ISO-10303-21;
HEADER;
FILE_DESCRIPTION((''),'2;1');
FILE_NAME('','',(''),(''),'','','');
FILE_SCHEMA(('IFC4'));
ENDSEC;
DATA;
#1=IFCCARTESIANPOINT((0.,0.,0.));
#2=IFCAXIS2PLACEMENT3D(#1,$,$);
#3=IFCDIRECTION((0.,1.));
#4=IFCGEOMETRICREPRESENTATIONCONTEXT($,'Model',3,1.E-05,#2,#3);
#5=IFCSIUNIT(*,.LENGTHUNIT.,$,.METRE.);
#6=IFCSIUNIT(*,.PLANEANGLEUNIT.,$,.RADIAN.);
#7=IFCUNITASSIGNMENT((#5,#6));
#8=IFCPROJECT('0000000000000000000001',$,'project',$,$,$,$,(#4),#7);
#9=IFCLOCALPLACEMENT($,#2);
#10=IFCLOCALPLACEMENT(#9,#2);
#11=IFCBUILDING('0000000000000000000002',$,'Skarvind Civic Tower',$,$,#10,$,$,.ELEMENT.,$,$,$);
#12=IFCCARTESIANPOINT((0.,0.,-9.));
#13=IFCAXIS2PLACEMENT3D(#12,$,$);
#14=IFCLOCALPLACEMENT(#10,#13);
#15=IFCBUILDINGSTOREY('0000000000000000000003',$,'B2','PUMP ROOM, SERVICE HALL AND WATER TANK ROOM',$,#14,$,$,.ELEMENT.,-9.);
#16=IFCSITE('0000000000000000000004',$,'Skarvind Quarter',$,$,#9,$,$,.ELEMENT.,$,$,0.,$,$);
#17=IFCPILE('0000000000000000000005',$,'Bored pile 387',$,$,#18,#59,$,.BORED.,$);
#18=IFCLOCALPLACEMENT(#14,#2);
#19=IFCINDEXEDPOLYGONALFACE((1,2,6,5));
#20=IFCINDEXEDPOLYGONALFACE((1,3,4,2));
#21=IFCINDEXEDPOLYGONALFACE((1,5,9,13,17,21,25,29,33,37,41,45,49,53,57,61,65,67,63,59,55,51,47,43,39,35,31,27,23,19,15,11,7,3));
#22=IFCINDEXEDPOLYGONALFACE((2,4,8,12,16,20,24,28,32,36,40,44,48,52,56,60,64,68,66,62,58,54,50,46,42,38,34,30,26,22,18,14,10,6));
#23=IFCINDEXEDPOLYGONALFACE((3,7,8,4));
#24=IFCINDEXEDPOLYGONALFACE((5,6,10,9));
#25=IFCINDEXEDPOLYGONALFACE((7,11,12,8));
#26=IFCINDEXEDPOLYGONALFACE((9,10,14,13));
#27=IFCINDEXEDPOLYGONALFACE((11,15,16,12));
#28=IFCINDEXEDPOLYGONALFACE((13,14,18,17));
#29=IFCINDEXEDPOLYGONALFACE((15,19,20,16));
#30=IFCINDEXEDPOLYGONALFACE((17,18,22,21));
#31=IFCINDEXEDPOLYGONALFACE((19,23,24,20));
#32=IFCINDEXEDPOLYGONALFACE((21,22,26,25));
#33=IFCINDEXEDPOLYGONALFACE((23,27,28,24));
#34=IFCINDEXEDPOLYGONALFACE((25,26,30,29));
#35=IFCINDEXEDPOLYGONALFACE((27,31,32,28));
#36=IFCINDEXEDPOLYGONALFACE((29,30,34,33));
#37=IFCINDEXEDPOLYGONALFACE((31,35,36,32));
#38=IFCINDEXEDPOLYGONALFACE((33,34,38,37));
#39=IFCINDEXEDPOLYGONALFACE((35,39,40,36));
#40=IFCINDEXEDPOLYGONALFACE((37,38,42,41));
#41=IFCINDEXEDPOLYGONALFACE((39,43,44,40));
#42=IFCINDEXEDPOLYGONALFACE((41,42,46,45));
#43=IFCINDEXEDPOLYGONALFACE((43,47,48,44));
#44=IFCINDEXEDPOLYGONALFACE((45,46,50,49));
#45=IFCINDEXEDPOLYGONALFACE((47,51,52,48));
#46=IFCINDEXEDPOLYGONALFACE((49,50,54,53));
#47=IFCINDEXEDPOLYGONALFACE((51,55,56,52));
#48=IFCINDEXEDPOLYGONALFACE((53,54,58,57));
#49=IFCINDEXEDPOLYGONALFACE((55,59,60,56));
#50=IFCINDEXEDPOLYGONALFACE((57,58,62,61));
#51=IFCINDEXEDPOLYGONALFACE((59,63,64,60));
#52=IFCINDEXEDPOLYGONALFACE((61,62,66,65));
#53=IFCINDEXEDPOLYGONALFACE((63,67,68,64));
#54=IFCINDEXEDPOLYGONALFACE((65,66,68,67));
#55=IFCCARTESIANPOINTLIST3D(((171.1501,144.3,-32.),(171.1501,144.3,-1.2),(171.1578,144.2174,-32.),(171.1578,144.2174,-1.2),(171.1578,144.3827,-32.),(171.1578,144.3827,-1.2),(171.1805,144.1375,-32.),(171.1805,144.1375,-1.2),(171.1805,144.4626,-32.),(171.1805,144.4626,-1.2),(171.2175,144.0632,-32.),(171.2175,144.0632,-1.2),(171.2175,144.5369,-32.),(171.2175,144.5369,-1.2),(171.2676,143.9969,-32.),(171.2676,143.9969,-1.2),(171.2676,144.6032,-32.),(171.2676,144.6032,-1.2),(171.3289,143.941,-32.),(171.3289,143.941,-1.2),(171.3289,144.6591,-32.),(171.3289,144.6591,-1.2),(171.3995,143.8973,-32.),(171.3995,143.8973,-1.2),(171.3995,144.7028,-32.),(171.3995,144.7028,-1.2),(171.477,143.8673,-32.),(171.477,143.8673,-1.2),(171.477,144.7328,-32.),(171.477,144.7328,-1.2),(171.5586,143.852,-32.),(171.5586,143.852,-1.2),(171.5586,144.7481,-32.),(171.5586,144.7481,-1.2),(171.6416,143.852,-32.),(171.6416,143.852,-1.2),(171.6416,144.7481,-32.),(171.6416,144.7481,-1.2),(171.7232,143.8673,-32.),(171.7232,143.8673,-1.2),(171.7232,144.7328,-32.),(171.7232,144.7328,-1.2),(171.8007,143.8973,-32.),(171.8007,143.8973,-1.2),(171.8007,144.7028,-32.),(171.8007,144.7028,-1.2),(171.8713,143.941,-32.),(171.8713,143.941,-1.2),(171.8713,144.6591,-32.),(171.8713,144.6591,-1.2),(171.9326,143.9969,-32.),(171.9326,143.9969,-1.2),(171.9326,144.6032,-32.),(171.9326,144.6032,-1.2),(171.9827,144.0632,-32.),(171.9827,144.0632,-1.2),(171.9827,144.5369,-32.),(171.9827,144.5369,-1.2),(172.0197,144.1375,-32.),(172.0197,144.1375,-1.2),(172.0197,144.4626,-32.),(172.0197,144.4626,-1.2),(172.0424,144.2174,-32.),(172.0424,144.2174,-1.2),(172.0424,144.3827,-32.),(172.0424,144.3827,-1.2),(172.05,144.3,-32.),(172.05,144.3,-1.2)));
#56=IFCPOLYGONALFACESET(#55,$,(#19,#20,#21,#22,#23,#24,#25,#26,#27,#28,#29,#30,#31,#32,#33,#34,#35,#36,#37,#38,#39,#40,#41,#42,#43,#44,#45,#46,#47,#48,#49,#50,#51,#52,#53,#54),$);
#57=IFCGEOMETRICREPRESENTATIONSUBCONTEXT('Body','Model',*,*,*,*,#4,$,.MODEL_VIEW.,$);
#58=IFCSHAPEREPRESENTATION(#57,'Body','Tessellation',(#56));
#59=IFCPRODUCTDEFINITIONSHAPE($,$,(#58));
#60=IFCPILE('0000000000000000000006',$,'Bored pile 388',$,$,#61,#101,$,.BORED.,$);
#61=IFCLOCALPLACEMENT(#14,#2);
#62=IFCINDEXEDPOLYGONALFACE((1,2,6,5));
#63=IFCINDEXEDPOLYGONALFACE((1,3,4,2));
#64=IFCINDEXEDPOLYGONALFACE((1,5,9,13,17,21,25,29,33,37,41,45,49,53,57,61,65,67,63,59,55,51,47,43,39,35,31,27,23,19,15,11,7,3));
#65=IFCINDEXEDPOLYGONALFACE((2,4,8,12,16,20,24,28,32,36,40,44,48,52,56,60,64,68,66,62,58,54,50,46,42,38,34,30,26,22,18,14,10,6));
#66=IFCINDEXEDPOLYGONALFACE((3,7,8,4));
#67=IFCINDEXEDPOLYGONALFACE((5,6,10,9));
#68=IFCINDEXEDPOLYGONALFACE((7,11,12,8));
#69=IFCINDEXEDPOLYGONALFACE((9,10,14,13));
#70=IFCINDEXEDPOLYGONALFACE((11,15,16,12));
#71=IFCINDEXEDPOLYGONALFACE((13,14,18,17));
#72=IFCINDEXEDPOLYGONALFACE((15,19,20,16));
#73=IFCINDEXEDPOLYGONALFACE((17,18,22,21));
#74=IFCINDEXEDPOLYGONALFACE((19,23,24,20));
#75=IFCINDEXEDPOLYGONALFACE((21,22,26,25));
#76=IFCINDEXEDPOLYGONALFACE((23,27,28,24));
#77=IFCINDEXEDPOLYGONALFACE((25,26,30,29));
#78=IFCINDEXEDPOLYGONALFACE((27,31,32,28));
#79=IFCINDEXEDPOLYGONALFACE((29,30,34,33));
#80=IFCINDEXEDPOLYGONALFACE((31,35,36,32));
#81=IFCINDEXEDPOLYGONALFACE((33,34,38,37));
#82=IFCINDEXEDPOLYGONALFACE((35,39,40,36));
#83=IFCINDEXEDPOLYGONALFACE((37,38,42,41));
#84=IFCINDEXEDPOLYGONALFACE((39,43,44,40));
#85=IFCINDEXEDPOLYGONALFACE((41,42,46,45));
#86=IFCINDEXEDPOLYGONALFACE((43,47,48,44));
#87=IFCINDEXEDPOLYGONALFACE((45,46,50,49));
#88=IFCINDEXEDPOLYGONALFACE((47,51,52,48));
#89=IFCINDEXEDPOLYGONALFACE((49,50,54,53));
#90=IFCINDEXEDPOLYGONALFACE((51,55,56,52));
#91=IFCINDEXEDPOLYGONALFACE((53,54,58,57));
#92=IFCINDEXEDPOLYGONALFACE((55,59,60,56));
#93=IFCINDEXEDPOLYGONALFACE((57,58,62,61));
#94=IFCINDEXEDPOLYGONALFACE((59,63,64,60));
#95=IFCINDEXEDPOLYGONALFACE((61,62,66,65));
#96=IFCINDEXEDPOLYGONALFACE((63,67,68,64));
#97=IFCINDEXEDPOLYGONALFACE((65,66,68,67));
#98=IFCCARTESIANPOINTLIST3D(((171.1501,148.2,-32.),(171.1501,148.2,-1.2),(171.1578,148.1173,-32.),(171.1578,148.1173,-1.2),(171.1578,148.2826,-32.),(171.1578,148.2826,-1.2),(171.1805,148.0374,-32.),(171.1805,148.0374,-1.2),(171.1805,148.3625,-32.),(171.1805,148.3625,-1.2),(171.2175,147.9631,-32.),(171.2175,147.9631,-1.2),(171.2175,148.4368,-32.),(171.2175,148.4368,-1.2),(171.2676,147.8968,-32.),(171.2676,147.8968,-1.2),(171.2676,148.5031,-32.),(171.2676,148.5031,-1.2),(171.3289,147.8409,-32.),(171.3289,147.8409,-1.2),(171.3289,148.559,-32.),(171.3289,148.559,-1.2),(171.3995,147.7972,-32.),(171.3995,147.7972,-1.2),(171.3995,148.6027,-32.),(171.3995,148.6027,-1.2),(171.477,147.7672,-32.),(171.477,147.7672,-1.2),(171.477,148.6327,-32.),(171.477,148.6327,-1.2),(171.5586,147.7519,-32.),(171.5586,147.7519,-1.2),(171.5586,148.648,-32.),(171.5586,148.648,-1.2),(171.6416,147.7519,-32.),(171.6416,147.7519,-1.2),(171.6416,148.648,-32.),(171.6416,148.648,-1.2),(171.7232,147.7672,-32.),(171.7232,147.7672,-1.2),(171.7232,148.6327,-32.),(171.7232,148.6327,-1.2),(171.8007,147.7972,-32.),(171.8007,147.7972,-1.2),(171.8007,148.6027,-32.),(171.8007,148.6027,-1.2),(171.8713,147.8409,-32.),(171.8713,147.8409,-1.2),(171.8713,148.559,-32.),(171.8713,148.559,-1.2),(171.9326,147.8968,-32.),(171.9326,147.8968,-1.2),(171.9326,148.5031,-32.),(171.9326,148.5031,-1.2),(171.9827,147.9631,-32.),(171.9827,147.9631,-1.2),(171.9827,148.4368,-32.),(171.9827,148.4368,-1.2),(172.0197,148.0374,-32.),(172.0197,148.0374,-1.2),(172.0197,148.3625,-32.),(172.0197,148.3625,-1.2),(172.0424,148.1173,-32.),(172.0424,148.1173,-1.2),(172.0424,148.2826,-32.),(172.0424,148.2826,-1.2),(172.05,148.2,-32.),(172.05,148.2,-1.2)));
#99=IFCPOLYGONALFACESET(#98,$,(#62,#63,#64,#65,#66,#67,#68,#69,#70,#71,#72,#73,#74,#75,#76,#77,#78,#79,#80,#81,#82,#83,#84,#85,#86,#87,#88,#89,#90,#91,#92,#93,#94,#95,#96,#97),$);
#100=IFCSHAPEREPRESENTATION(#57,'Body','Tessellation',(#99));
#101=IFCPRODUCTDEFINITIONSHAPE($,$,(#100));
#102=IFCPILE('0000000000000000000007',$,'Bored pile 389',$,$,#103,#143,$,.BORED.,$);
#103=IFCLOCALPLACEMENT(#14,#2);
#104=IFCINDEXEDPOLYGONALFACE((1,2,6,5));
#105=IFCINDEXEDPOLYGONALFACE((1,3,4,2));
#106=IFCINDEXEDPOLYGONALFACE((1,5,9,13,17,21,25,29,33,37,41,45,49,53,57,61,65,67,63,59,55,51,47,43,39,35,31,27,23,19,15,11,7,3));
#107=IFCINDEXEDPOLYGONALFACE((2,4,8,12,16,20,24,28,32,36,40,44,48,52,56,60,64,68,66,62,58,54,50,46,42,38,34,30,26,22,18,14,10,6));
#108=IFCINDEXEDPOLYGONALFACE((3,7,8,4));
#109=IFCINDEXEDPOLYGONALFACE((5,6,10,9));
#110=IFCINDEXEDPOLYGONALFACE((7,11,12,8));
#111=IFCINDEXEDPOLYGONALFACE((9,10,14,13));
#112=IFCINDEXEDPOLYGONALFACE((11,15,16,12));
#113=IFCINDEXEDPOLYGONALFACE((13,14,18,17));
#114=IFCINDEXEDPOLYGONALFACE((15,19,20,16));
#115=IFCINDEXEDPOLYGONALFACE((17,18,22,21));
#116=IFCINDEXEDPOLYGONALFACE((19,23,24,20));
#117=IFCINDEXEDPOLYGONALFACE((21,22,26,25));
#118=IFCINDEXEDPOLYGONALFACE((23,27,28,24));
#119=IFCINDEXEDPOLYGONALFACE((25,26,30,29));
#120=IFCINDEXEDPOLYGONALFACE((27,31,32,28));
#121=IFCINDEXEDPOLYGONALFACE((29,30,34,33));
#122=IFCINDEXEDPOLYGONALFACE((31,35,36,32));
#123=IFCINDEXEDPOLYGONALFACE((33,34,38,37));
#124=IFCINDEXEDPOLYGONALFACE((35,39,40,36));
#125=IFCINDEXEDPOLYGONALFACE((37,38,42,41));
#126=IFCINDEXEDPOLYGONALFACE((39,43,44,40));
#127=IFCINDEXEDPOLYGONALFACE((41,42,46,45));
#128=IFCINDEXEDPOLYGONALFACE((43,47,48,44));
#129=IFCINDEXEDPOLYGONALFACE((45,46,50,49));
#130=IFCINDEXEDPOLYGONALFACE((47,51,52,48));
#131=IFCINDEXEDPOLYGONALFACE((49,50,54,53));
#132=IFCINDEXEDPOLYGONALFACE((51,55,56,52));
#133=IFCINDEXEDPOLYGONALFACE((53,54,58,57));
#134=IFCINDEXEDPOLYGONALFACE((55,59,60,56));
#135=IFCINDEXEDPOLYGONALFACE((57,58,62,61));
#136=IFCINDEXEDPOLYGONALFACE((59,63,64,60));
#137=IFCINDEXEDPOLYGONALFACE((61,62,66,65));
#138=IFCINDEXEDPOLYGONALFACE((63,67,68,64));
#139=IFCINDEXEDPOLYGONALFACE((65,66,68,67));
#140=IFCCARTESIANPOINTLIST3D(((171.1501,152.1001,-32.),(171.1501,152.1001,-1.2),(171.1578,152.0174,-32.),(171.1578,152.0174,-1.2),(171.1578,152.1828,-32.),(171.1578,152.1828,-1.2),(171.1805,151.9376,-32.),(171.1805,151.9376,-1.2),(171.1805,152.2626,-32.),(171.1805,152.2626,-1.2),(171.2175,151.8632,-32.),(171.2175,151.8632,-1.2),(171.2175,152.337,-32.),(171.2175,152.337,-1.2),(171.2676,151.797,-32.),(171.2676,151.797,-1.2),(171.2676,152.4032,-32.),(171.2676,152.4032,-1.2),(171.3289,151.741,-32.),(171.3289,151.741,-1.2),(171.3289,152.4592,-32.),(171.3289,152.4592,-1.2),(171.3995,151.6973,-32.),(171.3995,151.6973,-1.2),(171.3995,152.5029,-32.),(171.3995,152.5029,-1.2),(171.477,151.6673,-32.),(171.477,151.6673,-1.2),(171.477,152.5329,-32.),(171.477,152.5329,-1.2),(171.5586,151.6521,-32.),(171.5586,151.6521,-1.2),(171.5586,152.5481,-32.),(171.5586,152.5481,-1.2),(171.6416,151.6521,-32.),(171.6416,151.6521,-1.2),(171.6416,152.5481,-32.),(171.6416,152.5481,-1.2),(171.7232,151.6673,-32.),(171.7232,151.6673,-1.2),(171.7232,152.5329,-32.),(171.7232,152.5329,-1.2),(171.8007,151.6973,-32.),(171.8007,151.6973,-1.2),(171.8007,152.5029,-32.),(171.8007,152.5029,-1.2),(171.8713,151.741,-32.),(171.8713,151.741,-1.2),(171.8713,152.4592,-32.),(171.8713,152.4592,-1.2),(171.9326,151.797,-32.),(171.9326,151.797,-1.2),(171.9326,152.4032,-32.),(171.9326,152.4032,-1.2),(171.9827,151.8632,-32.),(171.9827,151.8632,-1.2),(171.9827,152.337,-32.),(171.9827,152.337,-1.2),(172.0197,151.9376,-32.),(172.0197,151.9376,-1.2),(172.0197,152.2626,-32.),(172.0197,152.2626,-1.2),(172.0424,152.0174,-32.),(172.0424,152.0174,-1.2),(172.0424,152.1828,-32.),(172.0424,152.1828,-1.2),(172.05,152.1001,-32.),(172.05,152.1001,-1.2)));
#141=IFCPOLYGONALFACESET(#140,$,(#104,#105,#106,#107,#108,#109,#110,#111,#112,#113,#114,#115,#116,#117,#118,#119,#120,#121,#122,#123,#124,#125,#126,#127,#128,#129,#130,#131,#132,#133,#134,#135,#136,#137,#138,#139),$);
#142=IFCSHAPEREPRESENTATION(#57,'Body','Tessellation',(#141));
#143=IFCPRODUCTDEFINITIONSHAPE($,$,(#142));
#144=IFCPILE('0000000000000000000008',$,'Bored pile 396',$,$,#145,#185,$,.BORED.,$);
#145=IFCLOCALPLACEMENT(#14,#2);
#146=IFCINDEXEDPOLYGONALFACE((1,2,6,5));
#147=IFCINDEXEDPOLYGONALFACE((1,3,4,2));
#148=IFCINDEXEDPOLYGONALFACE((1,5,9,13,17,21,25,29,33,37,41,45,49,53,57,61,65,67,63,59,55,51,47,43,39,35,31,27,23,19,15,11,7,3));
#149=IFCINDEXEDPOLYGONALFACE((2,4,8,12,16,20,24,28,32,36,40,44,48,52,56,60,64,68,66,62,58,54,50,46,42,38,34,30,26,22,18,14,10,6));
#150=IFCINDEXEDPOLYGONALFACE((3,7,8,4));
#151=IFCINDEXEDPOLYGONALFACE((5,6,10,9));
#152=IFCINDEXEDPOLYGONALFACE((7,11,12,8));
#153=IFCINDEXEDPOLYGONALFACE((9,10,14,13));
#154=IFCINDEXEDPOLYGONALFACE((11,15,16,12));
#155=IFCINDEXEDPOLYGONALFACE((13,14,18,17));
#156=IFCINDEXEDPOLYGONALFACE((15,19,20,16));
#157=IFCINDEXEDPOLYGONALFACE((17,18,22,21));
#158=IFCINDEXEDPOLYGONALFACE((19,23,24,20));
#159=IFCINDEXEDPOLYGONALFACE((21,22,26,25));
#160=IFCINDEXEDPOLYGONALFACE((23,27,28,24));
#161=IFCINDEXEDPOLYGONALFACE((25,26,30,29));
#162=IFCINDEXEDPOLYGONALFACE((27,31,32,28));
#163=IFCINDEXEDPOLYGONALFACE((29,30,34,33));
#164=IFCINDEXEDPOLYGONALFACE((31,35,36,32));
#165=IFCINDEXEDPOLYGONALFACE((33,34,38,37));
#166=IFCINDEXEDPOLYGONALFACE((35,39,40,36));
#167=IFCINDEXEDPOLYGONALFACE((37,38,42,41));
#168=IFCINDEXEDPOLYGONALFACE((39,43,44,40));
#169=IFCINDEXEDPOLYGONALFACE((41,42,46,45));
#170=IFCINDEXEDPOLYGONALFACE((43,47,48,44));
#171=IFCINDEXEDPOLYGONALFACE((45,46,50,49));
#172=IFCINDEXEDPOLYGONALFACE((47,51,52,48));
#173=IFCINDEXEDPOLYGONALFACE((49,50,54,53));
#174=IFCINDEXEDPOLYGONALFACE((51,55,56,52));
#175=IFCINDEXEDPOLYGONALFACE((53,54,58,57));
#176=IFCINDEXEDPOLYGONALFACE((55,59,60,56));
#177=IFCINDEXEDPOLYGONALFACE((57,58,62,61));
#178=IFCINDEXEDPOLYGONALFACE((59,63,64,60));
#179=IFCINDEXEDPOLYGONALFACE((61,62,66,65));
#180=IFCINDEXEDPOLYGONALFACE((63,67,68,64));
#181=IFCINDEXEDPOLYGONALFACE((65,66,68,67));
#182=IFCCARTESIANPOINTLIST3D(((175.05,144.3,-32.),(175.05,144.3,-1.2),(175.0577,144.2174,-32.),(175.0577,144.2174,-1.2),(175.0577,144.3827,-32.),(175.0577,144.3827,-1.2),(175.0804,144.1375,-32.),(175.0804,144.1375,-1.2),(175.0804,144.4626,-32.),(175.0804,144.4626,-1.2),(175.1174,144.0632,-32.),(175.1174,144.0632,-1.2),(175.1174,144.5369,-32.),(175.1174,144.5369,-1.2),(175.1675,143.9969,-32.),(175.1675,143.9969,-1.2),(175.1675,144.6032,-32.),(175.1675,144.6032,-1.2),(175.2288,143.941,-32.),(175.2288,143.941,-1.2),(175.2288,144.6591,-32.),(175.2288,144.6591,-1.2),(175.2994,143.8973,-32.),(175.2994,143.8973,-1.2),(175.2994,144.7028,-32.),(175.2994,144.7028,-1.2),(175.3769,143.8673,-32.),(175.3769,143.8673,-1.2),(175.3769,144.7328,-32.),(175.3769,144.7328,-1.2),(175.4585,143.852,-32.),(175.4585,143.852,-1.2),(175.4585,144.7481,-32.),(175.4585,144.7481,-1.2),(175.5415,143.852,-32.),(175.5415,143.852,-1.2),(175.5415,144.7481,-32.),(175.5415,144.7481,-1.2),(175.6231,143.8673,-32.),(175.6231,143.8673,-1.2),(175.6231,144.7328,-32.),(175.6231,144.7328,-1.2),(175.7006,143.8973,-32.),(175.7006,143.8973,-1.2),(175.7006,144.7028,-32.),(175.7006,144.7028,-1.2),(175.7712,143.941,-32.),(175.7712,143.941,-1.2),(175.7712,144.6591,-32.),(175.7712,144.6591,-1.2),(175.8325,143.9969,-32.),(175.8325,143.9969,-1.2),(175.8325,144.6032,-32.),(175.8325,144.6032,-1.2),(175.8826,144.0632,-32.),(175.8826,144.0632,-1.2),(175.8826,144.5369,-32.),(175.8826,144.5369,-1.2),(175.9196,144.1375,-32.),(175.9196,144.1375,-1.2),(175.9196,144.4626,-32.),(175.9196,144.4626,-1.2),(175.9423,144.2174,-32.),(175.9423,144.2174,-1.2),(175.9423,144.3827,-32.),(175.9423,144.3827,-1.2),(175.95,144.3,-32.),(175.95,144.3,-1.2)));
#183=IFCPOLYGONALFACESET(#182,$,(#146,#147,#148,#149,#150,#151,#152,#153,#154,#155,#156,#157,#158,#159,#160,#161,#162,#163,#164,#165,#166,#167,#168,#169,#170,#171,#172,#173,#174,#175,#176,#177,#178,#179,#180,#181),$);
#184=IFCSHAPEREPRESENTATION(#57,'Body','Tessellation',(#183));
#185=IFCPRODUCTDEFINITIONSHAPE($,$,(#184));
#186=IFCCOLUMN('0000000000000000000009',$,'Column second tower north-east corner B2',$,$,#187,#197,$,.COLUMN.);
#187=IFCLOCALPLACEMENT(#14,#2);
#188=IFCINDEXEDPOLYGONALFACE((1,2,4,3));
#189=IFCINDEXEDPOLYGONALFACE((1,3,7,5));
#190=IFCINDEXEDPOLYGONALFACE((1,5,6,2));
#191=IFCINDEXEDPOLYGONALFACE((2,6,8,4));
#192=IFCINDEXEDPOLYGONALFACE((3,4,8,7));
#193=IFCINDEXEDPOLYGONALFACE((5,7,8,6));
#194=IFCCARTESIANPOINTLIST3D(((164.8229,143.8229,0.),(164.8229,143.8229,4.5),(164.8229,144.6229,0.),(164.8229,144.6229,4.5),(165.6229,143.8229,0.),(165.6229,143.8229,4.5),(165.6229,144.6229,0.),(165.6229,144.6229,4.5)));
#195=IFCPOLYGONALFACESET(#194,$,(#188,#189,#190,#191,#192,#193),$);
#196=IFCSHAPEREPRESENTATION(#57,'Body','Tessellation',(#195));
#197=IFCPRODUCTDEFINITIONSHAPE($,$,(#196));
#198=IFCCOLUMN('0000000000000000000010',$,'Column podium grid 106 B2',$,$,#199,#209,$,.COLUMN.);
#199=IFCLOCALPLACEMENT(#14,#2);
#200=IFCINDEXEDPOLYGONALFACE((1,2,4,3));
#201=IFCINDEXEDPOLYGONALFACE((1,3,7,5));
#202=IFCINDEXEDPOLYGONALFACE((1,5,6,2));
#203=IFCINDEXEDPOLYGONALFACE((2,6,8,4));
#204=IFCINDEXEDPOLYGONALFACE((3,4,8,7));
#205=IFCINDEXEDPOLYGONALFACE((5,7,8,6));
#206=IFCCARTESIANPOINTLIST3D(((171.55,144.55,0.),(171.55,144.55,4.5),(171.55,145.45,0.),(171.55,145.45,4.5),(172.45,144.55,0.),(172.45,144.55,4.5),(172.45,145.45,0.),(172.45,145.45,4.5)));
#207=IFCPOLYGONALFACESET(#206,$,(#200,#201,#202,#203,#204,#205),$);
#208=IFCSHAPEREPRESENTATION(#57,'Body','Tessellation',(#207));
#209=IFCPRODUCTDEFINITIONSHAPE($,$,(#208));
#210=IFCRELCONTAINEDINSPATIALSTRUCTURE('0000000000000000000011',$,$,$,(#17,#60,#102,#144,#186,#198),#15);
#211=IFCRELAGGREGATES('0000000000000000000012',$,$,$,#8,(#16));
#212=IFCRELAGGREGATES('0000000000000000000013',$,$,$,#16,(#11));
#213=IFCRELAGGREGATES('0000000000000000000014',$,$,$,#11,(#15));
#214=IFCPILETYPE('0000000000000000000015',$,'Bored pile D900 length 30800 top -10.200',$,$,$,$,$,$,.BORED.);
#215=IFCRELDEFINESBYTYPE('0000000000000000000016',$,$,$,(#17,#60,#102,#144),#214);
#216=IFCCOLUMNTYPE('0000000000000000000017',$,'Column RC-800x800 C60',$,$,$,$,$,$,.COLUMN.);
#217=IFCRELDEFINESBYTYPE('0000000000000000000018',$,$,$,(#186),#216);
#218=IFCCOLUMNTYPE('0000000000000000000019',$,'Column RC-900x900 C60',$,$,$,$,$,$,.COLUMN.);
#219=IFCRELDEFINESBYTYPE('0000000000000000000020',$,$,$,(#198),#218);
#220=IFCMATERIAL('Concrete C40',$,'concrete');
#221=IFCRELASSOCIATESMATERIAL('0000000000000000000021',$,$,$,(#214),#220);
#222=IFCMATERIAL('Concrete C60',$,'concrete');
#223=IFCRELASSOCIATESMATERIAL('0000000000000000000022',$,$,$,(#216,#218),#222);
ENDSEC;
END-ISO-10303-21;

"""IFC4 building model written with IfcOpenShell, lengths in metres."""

from ifc_helpers import new_model, si_unit, direction, frame, origin, origin_2d, place, context, subcontext, project, spatial, rectangle, circle, extrude, material, material_profile, profile_set, type_object, element, save


model = new_model("IFC4")

# Units and contexts
model_context = context("Model", 3, precision=1e-05, world=origin(), true_north=direction((0.0, 1.0)))
body_context = subcontext(model_context, "Body", "Model", "MODEL_VIEW")
ifc_project = project(units=[si_unit("LENGTHUNIT", "METRE"), si_unit("PLANEANGLEUNIT", "RADIAN")], contexts=[model_context])

# Site, building, storey
site_placement = place(None, origin())
site = spatial("IfcSite", under=ifc_project, at=site_placement, Name="Skarvind Quarter", CompositionType="ELEMENT", RefElevation=0.0)
building_placement = place(site_placement, origin())
building = spatial("IfcBuilding", under=site, at=building_placement, Name="Skarvind Civic Tower", CompositionType="ELEMENT")
storey_placement = place(building_placement, frame((0.0, 0.0, -9.0)))
storey = spatial("IfcBuildingStorey", under=building, at=storey_placement, Name="B2", Description="PUMP ROOM, SERVICE HALL AND WATER TANK ROOM", CompositionType="ELEMENT", Elevation=-9.0)

# Piles
ifc_material_1 = material(Name="Concrete C40", Category="concrete")
pile_type_1 = type_object("IfcPileType", Name="Bored pile D900 length 30800 top -10.200", PredefinedType="BORED", material=ifc_material_1)
for number, where, z_axis, x_axis, name in (
    (1, (171.6001, 144.3, -1.2), (0.0, 0.0, -1.0), (1.0, 0.0, 0.0), "Bored pile 387"),
    (2, (171.6001, 148.2, -1.2), (0.0, 0.0, -1.0), (1.0, 0.0, 0.0), "Bored pile 388"),
    (3, (171.6001, 152.1001, -1.2), (0.0, 0.0, -1.0), (1.0, 0.0, 0.0), "Bored pile 389"),
    (4, (175.5, 144.3, -1.2), (0.0, 0.0, -1.0), (1.0, 0.0, 0.0), "Bored pile 396"),
):
    element("IfcPile", number, at=place(storey_placement, frame(where, z_axis=z_axis, x_axis=x_axis)), inside=storey, type_object=pile_type_1, Name=name, PredefinedType="BORED", context=body_context, shape_type="SweptSolid", body=[
        extrude(circle(Radius=0.45, at=origin_2d()), origin(), (0.0, 0.0, 1.0), 30.8),
    ])

# Columns
ifc_material_2 = material(Name="Concrete C60", Category="concrete")
ifc_material_profile_1 = material_profile(ifc_material_2, rectangle(XDim=0.8, YDim=0.8, at=origin_2d()), Name="RC-800x800")
ifc_profile_set_1 = profile_set([ifc_material_profile_1], Name="Concrete C60")
column_type_1 = type_object("IfcColumnType", Name="Column RC-800x800 C60", PredefinedType="COLUMN", material=ifc_profile_set_1)
column_placement = place(storey_placement, frame((165.2229, 144.2229, 0.0), z_axis=(0.0, 0.0, 1.0), x_axis=(1.0, 0.0, 0.0)))
element("IfcColumn", 5, at=column_placement, inside=storey, type_object=column_type_1, Name="Column second tower north-east corner B2", PredefinedType="COLUMN", context=body_context, shape_type="SweptSolid", body=[
    extrude(rectangle(XDim=0.8, YDim=0.8, at=origin_2d()), origin(), (0.0, 0.0, 1.0), 4.5),
])
ifc_material_profile_2 = material_profile(ifc_material_2, rectangle(XDim=0.8999, YDim=0.8999, at=origin_2d()), Name="RC-900x900")
ifc_profile_set_2 = profile_set([ifc_material_profile_2], Name="Concrete C60")
column_type_2 = type_object("IfcColumnType", Name="Column RC-900x900 C60", PredefinedType="COLUMN", material=ifc_profile_set_2)
for number, where, z_axis, x_axis, name in (
    (6, (172.0, 145.0, 0.0), (0.0, 0.0, 1.0), (1.0, 0.0, 0.0), "Column podium grid 106 B2"),
):
    element("IfcColumn", number, at=place(storey_placement, frame(where, z_axis=z_axis, x_axis=x_axis)), inside=storey, type_object=column_type_2, Name=name, PredefinedType="COLUMN", context=body_context, shape_type="SweptSolid", body=[
        extrude(rectangle(XDim=0.8999, YDim=0.8999, at=origin_2d()), origin(), (0.0, 0.0, 1.0), 4.5),
    ])

save(model, "model.ifc")
